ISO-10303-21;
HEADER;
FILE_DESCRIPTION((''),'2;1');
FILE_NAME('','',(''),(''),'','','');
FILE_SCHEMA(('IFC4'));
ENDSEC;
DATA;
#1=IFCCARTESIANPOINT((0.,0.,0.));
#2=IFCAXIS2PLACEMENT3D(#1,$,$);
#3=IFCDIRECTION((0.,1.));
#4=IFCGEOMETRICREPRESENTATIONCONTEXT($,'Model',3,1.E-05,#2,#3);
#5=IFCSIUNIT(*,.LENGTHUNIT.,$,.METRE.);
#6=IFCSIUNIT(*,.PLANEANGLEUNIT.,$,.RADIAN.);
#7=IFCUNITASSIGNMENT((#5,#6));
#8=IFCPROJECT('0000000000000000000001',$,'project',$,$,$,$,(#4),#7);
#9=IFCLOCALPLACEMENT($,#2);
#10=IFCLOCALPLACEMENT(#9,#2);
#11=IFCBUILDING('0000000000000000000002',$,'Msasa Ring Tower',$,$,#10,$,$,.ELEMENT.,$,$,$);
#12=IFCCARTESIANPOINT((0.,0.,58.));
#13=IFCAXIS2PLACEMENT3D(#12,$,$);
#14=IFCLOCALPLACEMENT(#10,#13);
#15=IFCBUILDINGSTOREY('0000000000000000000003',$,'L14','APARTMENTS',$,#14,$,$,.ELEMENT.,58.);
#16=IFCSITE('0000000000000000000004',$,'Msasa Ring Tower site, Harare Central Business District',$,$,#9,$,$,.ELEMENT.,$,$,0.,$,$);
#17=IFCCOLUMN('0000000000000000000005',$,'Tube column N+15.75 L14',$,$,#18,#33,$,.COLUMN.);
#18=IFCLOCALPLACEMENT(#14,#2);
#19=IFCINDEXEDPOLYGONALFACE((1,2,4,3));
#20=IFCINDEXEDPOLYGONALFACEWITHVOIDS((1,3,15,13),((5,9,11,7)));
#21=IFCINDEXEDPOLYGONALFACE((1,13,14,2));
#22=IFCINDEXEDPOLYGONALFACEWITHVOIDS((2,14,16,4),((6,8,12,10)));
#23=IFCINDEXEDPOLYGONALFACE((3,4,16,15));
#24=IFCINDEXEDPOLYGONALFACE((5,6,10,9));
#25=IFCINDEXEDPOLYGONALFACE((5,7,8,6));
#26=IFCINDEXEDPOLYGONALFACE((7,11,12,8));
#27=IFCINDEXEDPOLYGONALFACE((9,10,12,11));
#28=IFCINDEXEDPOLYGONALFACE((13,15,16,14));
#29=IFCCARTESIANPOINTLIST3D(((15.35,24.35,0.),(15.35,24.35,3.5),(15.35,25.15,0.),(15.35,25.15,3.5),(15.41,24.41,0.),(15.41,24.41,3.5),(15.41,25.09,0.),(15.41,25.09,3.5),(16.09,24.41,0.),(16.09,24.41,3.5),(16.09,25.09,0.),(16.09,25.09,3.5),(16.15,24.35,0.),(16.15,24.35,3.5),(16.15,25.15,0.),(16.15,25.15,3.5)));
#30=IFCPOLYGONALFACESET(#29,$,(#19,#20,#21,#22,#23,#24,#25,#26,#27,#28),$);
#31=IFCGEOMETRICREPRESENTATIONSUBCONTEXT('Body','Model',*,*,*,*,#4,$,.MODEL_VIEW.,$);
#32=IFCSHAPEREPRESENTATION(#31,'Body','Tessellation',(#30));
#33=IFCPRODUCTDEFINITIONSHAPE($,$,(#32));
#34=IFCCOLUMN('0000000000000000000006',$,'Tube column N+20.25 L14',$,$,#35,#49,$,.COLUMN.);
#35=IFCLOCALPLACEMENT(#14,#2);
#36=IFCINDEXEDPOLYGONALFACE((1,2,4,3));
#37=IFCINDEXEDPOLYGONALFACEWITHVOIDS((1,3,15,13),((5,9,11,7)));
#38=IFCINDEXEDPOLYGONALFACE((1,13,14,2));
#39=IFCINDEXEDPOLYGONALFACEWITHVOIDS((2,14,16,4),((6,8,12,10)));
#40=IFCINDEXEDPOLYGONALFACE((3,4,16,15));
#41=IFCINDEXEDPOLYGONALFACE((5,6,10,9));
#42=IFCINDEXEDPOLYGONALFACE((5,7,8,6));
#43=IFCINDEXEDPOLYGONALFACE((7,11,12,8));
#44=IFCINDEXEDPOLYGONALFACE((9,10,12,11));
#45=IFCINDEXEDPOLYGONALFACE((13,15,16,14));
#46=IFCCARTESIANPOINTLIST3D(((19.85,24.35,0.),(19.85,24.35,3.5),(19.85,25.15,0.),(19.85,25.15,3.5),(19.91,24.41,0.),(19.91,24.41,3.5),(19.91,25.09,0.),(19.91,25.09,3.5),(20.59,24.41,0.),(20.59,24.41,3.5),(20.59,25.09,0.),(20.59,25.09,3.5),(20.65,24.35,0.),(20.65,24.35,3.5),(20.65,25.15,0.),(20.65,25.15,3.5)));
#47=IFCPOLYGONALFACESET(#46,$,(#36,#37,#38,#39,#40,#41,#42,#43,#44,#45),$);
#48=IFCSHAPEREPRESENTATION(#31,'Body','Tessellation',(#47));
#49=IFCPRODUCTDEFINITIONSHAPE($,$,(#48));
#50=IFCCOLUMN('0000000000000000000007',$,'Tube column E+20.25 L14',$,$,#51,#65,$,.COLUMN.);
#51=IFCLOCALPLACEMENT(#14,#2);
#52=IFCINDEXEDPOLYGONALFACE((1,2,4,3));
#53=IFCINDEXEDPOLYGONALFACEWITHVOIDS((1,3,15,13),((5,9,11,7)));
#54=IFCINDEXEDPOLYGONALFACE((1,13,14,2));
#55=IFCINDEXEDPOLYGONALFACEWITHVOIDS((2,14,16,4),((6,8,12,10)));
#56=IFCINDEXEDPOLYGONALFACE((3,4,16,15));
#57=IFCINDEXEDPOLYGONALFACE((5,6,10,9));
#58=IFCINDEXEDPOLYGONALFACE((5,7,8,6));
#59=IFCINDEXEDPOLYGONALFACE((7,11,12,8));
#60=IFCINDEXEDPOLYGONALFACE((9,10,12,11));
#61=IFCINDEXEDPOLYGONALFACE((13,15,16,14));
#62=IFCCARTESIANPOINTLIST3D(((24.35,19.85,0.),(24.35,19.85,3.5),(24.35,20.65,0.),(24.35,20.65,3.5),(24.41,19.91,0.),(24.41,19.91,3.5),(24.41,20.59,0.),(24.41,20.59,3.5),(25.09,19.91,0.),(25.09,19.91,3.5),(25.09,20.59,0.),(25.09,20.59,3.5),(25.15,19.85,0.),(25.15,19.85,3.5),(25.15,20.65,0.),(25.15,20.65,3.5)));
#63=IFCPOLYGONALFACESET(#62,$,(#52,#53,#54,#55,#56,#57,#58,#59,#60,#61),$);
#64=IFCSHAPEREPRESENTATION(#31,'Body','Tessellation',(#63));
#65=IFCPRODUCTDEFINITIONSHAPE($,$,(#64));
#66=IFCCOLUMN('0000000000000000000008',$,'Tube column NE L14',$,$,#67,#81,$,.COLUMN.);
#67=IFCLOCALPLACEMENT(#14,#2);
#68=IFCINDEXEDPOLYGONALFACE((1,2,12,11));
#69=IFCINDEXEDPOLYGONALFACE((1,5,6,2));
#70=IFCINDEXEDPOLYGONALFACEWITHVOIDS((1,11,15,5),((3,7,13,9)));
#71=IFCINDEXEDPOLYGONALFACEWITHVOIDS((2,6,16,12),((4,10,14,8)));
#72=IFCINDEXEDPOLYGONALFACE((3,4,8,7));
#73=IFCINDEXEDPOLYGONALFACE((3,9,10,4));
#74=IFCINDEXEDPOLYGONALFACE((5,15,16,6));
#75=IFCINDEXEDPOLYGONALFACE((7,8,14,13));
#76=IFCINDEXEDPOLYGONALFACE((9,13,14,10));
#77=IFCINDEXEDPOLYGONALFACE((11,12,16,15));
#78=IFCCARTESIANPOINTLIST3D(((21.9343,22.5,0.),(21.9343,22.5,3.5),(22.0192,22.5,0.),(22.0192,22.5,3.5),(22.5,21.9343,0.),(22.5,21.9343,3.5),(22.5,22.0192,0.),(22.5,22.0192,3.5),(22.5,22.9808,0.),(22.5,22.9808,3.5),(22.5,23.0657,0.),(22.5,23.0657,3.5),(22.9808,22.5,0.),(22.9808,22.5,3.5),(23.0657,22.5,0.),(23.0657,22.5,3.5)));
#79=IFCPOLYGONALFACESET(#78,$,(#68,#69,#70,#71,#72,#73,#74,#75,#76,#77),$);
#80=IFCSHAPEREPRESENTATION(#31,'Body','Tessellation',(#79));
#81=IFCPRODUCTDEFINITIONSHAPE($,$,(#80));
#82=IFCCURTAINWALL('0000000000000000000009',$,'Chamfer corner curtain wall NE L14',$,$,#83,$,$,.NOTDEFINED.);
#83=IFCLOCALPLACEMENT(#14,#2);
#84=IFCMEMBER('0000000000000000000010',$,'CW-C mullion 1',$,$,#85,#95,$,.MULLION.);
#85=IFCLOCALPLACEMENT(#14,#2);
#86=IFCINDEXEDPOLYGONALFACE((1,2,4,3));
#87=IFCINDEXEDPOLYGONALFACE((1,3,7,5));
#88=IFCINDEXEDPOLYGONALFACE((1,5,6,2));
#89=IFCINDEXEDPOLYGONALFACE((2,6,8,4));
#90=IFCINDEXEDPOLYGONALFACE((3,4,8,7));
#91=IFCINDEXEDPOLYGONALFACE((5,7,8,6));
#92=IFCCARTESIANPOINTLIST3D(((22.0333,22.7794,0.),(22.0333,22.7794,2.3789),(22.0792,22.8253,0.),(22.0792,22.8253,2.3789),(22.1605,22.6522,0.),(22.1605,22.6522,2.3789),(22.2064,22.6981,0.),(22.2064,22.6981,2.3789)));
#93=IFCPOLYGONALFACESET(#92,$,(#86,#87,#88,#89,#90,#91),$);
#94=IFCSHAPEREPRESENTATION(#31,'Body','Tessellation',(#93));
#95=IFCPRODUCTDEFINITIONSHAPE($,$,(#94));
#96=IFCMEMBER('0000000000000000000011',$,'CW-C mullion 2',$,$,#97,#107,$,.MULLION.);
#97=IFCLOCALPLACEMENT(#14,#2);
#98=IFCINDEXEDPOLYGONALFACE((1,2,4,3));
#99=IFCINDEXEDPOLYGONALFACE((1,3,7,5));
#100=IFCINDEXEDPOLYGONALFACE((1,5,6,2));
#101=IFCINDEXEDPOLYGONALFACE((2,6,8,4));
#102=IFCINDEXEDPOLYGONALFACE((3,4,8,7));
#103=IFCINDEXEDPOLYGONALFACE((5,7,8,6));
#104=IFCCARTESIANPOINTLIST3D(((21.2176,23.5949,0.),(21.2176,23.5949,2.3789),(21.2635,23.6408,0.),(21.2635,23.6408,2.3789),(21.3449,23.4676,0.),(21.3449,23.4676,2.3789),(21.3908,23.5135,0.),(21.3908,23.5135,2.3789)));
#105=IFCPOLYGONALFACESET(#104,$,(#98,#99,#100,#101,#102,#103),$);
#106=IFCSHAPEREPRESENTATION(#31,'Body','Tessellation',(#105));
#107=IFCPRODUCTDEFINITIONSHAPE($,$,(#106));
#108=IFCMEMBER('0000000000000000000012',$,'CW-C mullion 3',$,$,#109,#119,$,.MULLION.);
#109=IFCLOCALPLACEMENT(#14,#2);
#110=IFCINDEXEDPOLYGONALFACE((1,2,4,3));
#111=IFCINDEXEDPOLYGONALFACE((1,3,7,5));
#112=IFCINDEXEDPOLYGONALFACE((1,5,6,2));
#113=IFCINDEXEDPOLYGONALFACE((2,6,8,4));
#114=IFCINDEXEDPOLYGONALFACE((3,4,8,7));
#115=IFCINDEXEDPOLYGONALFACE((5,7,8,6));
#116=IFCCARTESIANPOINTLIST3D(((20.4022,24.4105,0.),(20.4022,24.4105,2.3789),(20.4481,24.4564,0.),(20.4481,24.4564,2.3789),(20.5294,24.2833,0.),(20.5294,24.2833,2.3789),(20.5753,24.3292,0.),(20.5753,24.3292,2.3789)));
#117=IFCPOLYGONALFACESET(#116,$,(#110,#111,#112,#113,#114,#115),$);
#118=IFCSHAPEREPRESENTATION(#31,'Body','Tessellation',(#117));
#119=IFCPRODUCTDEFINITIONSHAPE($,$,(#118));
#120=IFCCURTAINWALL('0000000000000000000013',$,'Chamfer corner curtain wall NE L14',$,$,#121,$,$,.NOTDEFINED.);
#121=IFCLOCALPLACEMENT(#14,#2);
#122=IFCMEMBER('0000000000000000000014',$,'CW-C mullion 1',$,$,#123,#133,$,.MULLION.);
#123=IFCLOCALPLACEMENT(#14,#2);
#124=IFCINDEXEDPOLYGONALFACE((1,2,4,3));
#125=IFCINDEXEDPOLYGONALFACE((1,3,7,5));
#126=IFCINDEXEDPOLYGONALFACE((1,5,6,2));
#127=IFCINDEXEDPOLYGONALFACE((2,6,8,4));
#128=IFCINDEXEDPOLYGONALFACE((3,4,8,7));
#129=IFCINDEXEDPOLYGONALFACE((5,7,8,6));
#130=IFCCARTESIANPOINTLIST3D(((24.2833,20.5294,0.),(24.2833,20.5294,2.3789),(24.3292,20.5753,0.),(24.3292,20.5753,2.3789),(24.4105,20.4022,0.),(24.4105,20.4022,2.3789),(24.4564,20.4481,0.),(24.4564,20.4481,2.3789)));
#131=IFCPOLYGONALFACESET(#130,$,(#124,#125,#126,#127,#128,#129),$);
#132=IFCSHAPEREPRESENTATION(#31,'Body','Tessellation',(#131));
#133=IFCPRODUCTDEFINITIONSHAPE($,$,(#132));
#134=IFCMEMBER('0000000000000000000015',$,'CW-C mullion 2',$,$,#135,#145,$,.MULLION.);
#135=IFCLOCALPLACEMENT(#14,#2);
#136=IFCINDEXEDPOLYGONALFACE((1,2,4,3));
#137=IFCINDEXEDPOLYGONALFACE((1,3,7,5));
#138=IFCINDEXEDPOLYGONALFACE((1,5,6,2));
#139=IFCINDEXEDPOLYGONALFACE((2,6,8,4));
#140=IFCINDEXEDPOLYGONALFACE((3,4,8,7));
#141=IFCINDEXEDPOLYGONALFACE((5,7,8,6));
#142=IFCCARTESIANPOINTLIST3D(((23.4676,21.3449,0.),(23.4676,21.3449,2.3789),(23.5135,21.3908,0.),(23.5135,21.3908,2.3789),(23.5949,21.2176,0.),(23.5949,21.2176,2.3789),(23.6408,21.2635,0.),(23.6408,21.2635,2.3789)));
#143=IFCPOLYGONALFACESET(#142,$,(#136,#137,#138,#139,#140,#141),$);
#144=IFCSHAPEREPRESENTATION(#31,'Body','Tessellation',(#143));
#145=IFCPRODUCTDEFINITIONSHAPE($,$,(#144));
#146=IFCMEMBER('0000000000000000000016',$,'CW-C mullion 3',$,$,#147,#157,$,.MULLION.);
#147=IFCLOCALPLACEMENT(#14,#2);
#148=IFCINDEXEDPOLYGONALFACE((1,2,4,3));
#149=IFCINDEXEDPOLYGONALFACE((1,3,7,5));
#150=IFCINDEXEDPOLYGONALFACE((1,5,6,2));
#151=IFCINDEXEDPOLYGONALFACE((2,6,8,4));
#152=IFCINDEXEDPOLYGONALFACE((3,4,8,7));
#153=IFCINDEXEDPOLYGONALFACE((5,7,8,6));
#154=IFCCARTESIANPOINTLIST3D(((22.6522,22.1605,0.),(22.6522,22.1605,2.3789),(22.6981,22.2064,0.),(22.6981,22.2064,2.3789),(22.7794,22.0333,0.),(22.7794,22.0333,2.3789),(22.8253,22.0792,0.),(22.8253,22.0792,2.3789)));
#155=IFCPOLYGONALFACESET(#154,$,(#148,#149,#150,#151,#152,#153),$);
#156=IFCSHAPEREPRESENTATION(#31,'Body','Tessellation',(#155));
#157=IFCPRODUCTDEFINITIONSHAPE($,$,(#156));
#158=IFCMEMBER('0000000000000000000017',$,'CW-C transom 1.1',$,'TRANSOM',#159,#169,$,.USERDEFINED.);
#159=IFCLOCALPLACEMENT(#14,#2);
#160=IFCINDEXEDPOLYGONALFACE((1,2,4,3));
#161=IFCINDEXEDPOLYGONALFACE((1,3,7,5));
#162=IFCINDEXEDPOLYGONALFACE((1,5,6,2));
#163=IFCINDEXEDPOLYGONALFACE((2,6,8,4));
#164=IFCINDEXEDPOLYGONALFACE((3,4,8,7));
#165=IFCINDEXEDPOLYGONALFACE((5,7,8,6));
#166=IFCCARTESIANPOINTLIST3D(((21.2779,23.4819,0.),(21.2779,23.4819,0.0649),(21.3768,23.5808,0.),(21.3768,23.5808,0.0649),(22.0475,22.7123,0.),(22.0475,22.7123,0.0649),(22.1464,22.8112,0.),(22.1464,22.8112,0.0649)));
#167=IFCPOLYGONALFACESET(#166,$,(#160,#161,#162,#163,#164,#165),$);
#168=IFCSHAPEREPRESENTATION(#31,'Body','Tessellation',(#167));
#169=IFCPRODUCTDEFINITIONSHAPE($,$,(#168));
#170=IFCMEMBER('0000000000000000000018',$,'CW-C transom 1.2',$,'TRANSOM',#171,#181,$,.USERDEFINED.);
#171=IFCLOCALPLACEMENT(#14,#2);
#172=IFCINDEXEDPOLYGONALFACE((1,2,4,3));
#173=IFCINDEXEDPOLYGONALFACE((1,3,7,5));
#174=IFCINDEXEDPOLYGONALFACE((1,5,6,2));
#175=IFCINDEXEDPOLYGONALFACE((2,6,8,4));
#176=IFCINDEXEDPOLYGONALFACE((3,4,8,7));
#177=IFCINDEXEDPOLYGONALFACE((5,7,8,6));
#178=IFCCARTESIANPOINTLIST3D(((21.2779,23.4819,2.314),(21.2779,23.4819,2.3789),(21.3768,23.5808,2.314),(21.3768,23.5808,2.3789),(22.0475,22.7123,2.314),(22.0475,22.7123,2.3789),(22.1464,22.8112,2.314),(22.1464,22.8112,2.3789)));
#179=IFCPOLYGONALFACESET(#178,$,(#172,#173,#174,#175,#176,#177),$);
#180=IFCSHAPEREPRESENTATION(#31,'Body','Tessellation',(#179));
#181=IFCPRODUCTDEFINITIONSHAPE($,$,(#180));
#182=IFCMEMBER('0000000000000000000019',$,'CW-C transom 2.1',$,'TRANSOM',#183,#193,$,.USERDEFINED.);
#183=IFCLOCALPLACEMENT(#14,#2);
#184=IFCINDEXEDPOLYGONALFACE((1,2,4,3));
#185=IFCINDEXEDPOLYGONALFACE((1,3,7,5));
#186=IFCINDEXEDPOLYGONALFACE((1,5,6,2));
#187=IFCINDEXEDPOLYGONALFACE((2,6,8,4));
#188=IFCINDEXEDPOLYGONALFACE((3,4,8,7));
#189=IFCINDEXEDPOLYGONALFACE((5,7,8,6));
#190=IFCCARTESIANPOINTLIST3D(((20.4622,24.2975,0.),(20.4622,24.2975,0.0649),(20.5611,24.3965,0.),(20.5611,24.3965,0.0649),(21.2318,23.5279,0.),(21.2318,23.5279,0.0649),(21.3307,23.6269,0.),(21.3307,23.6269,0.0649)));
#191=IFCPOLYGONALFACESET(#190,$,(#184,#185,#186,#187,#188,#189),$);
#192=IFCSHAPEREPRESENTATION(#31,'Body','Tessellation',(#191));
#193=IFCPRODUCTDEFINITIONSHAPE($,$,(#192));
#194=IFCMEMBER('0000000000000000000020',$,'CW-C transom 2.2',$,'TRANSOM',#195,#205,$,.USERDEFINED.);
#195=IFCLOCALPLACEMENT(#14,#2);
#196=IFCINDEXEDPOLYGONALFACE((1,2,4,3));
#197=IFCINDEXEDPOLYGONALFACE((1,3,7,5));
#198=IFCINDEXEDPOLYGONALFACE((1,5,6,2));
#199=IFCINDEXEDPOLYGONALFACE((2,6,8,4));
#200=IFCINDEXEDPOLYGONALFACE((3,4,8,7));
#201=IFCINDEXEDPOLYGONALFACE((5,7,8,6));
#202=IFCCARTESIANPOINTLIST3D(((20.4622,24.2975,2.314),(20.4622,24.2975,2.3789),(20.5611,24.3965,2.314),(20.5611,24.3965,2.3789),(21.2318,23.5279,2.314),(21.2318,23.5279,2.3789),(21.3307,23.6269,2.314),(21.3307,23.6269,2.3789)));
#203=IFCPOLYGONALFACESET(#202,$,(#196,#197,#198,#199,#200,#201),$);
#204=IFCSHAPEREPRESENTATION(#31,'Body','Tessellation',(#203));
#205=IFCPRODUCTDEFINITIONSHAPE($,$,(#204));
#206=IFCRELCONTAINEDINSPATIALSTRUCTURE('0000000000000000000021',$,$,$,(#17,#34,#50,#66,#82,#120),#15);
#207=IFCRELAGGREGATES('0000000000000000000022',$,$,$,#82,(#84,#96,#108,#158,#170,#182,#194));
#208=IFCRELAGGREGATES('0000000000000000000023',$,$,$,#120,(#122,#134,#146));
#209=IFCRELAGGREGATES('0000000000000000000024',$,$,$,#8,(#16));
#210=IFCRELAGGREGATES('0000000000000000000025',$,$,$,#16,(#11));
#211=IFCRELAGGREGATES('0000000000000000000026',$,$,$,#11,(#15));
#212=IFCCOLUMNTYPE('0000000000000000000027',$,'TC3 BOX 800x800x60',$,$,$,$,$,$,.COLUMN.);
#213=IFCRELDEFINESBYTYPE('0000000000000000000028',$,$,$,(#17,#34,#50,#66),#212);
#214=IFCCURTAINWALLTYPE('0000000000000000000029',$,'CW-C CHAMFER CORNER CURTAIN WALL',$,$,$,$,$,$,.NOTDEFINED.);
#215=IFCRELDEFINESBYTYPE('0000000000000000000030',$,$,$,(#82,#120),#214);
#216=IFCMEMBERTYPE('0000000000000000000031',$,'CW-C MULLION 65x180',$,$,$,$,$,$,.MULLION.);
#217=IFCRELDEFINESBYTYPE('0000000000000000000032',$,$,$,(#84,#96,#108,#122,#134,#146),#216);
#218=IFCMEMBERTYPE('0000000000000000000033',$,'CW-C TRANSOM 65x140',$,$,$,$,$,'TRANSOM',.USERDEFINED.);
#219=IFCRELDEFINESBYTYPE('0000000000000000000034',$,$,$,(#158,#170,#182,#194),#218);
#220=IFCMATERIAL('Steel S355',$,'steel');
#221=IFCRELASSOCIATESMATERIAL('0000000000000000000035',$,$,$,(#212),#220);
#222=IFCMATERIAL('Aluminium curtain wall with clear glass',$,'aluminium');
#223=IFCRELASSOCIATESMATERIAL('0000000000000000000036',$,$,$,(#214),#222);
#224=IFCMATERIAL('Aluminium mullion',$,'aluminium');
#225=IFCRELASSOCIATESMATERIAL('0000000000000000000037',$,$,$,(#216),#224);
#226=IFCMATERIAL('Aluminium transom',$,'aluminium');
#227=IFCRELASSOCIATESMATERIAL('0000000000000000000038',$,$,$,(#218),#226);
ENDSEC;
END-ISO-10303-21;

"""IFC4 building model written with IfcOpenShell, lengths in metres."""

from ifc_helpers import new_model, si_unit, direction, frame, origin, origin_2d, place, context, subcontext, project, spatial, rectangle, hollow_rectangle, extrude, material, material_profile, profile_set, type_object, element, aggregate, save


model = new_model("IFC4")

# Units and contexts
model_context = context("Model", 3, precision=1e-05, world=origin(), true_north=direction((0.0, 1.0)))
body_context = subcontext(model_context, "Body", "Model", "MODEL_VIEW")
ifc_project = project(units=[si_unit("LENGTHUNIT", "METRE"), si_unit("PLANEANGLEUNIT", "RADIAN")], contexts=[model_context])

# Site, building, storey
site_placement = place(None, origin())
site = spatial("IfcSite", under=ifc_project, at=site_placement, Name="Msasa Ring Tower site, Harare Central Business District", CompositionType="ELEMENT", RefElevation=0.0)
building_placement = place(site_placement, origin())
building = spatial("IfcBuilding", under=site, at=building_placement, Name="Msasa Ring Tower", CompositionType="ELEMENT")
storey_placement = place(building_placement, frame((0.0, 0.0, 58.0)))
storey = spatial("IfcBuildingStorey", under=building, at=storey_placement, Name="L14", Description="APARTMENTS", CompositionType="ELEMENT", Elevation=58.0)

# Columns
ifc_material_1 = material(Name="Steel S355", Category="steel")
ifc_material_profile_1 = material_profile(ifc_material_1, hollow_rectangle(XDim=0.8, YDim=0.8, WallThickness=0.0601, at=origin_2d()), Name="BOX 800x800x60")
ifc_profile_set_1 = profile_set([ifc_material_profile_1], Name="Steel S355")
column_type = type_object("IfcColumnType", Name="TC3 BOX 800x800x60", PredefinedType="COLUMN", material=ifc_profile_set_1)
for number, where, z_axis, x_axis, name in (
    (1, (15.75, 24.75, 0.0), (0.0, 0.0, 1.0), (0.0, 1.0, 0.0), "Tube column N+15.75 L14"),
    (2, (20.25, 24.75, 0.0), (0.0, 0.0, 1.0), (0.0, 1.0, 0.0), "Tube column N+20.25 L14"),
    (3, (24.75, 20.25, 0.0), (0.0, 0.0, 1.0), (1.0, 0.0, 0.0), "Tube column E+20.25 L14"),
    (4, (22.5, 22.5, 0.0), (0.0, 0.0, 1.0), (0.707107, 0.707107, 0.0), "Tube column NE L14"),
):
    element("IfcColumn", number, at=place(storey_placement, frame(where, z_axis=z_axis, x_axis=x_axis)), inside=storey, type_object=column_type, Name=name, PredefinedType="COLUMN", context=body_context, shape_type="SweptSolid", body=[
        extrude(hollow_rectangle(XDim=0.8, YDim=0.8, WallThickness=0.0601, at=origin_2d()), origin(), (0.0, 0.0, 1.0), 3.5),
    ])

# Curtain walls, members
ifc_material_2 = material(Name="Aluminium curtain wall with clear glass", Category="aluminium")
curtain_wall_type = type_object("IfcCurtainWallType", Name="CW-C CHAMFER CORNER CURTAIN WALL", PredefinedType="NOTDEFINED", material=ifc_material_2)
curtain_wall_1_placement = place(storey_placement, origin())
curtain_wall_1 = element("IfcCurtainWall", 5, at=curtain_wall_1_placement, inside=storey, type_object=curtain_wall_type, Name="Chamfer corner curtain wall NE L14", PredefinedType="NOTDEFINED")
ifc_material_3 = material(Name="Aluminium mullion", Category="aluminium")
ifc_material_profile_2 = material_profile(ifc_material_3, rectangle(XDim=0.0649, YDim=0.1799, at=origin_2d()), Name="AL 65x180")
ifc_profile_set_2 = profile_set([ifc_material_profile_2], Name="Aluminium mullion")
member_type_1 = type_object("IfcMemberType", Name="CW-C MULLION 65x180", PredefinedType="MULLION", material=ifc_profile_set_2)
member_1_placement = place(storey_placement, frame((22.1199, 22.7388, 0.0), z_axis=(0.0, 0.0, 1.0), x_axis=(-0.707107, -0.707107, 0.0)))
member_1 = element("IfcMember", 6, at=member_1_placement, type_object=member_type_1, Name="CW-C mullion 1", PredefinedType="MULLION", context=body_context, shape_type="SweptSolid", body=[
    extrude(rectangle(XDim=0.0649, YDim=0.1799, at=origin_2d()), origin(), (0.0, 0.0, 1.0), 2.3789),
])
member_2_placement = place(storey_placement, frame((21.3042, 23.5542, 0.0), z_axis=(0.0, 0.0, 1.0), x_axis=(-0.707107, -0.707107, 0.0)))
member_2 = element("IfcMember", 7, at=member_2_placement, type_object=member_type_1, Name="CW-C mullion 2", PredefinedType="MULLION", context=body_context, shape_type="SweptSolid", body=[
    extrude(rectangle(XDim=0.0649, YDim=0.1799, at=origin_2d()), origin(), (0.0, 0.0, 1.0), 2.3789),
])
member_3_placement = place(storey_placement, frame((20.4888, 24.3699, 0.0), z_axis=(0.0, 0.0, 1.0), x_axis=(-0.707107, -0.707107, 0.0)))
member_3 = element("IfcMember", 8, at=member_3_placement, type_object=member_type_1, Name="CW-C mullion 3", PredefinedType="MULLION", context=body_context, shape_type="SweptSolid", body=[
    extrude(rectangle(XDim=0.0649, YDim=0.1799, at=origin_2d()), origin(), (0.0, 0.0, 1.0), 2.3789),
])
curtain_wall_2_placement = place(storey_placement, origin())
curtain_wall_2 = element("IfcCurtainWall", 9, at=curtain_wall_2_placement, inside=storey, type_object=curtain_wall_type, Name="Chamfer corner curtain wall NE L14", PredefinedType="NOTDEFINED")
member_4_placement = place(storey_placement, frame((24.3699, 20.4888, 0.0), z_axis=(0.0, 0.0, 1.0), x_axis=(-0.707107, -0.707107, 0.0)))
member_4 = element("IfcMember", 10, at=member_4_placement, type_object=member_type_1, Name="CW-C mullion 1", PredefinedType="MULLION", context=body_context, shape_type="SweptSolid", body=[
    extrude(rectangle(XDim=0.0649, YDim=0.1799, at=origin_2d()), origin(), (0.0, 0.0, 1.0), 2.3789),
])
member_5_placement = place(storey_placement, frame((23.5542, 21.3042, 0.0), z_axis=(0.0, 0.0, 1.0), x_axis=(-0.707107, -0.707107, 0.0)))
member_5 = element("IfcMember", 11, at=member_5_placement, type_object=member_type_1, Name="CW-C mullion 2", PredefinedType="MULLION", context=body_context, shape_type="SweptSolid", body=[
    extrude(rectangle(XDim=0.0649, YDim=0.1799, at=origin_2d()), origin(), (0.0, 0.0, 1.0), 2.3789),
])
member_6_placement = place(storey_placement, frame((22.7388, 22.1199, 0.0), z_axis=(0.0, 0.0, 1.0), x_axis=(-0.707107, -0.707107, 0.0)))
member_6 = element("IfcMember", 12, at=member_6_placement, type_object=member_type_1, Name="CW-C mullion 3", PredefinedType="MULLION", context=body_context, shape_type="SweptSolid", body=[
    extrude(rectangle(XDim=0.0649, YDim=0.1799, at=origin_2d()), origin(), (0.0, 0.0, 1.0), 2.3789),
])

# Members
ifc_material_4 = material(Name="Aluminium transom", Category="aluminium")
ifc_material_profile_3 = material_profile(ifc_material_4, rectangle(XDim=0.1399, YDim=0.0649, at=origin_2d()), Name="AL 65x140")
ifc_profile_set_3 = profile_set([ifc_material_profile_3], Name="Aluminium transom")
member_type_2 = type_object("IfcMemberType", Name="CW-C TRANSOM 65x140", ElementType="TRANSOM", PredefinedType="USERDEFINED", material=ifc_profile_set_3)
member_7_placement = place(storey_placement, frame((22.0969, 22.7617, 0.0325), z_axis=(-0.707107, 0.707107, 0.0), x_axis=(-0.707107, -0.707107, 0.0)))
member_7 = element("IfcMember", 13, at=member_7_placement, type_object=member_type_2, Name="CW-C transom 1.1", ObjectType="TRANSOM", PredefinedType="USERDEFINED", context=body_context, shape_type="SweptSolid", body=[
    extrude(rectangle(XDim=0.1399, YDim=0.0649, at=origin_2d()), origin(), (0.0, 0.0, 1.0), 1.0884),
])
member_8_placement = place(storey_placement, frame((22.0969, 22.7617, 2.3464), z_axis=(-0.707107, 0.707107, 0.0), x_axis=(-0.707107, -0.707107, 0.0)))
member_8 = element("IfcMember", 14, at=member_8_placement, type_object=member_type_2, Name="CW-C transom 1.2", ObjectType="TRANSOM", PredefinedType="USERDEFINED", context=body_context, shape_type="SweptSolid", body=[
    extrude(rectangle(XDim=0.1399, YDim=0.0649, at=origin_2d()), origin(), (0.0, 0.0, 1.0), 1.0884),
])
member_9_placement = place(storey_placement, frame((21.2812, 23.5774, 0.0325), z_axis=(-0.707107, 0.707107, 0.0), x_axis=(-0.707107, -0.707107, 0.0)))
member_9 = element("IfcMember", 15, at=member_9_placement, type_object=member_type_2, Name="CW-C transom 2.1", ObjectType="TRANSOM", PredefinedType="USERDEFINED", context=body_context, shape_type="SweptSolid", body=[
    extrude(rectangle(XDim=0.1399, YDim=0.0649, at=origin_2d()), origin(), (0.0, 0.0, 1.0), 1.0884),
])
member_10_placement = place(storey_placement, frame((21.2812, 23.5774, 2.3464), z_axis=(-0.707107, 0.707107, 0.0), x_axis=(-0.707107, -0.707107, 0.0)))
member_10 = element("IfcMember", 16, at=member_10_placement, type_object=member_type_2, Name="CW-C transom 2.2", ObjectType="TRANSOM", PredefinedType="USERDEFINED", context=body_context, shape_type="SweptSolid", body=[
    extrude(rectangle(XDim=0.1399, YDim=0.0649, at=origin_2d()), origin(), (0.0, 0.0, 1.0), 1.0884),
])

aggregate(curtain_wall_1, [member_1, member_2, member_3, member_7, member_8, member_9, member_10])
aggregate(curtain_wall_2, [member_4, member_5, member_6])

save(model, "model.ifc")
